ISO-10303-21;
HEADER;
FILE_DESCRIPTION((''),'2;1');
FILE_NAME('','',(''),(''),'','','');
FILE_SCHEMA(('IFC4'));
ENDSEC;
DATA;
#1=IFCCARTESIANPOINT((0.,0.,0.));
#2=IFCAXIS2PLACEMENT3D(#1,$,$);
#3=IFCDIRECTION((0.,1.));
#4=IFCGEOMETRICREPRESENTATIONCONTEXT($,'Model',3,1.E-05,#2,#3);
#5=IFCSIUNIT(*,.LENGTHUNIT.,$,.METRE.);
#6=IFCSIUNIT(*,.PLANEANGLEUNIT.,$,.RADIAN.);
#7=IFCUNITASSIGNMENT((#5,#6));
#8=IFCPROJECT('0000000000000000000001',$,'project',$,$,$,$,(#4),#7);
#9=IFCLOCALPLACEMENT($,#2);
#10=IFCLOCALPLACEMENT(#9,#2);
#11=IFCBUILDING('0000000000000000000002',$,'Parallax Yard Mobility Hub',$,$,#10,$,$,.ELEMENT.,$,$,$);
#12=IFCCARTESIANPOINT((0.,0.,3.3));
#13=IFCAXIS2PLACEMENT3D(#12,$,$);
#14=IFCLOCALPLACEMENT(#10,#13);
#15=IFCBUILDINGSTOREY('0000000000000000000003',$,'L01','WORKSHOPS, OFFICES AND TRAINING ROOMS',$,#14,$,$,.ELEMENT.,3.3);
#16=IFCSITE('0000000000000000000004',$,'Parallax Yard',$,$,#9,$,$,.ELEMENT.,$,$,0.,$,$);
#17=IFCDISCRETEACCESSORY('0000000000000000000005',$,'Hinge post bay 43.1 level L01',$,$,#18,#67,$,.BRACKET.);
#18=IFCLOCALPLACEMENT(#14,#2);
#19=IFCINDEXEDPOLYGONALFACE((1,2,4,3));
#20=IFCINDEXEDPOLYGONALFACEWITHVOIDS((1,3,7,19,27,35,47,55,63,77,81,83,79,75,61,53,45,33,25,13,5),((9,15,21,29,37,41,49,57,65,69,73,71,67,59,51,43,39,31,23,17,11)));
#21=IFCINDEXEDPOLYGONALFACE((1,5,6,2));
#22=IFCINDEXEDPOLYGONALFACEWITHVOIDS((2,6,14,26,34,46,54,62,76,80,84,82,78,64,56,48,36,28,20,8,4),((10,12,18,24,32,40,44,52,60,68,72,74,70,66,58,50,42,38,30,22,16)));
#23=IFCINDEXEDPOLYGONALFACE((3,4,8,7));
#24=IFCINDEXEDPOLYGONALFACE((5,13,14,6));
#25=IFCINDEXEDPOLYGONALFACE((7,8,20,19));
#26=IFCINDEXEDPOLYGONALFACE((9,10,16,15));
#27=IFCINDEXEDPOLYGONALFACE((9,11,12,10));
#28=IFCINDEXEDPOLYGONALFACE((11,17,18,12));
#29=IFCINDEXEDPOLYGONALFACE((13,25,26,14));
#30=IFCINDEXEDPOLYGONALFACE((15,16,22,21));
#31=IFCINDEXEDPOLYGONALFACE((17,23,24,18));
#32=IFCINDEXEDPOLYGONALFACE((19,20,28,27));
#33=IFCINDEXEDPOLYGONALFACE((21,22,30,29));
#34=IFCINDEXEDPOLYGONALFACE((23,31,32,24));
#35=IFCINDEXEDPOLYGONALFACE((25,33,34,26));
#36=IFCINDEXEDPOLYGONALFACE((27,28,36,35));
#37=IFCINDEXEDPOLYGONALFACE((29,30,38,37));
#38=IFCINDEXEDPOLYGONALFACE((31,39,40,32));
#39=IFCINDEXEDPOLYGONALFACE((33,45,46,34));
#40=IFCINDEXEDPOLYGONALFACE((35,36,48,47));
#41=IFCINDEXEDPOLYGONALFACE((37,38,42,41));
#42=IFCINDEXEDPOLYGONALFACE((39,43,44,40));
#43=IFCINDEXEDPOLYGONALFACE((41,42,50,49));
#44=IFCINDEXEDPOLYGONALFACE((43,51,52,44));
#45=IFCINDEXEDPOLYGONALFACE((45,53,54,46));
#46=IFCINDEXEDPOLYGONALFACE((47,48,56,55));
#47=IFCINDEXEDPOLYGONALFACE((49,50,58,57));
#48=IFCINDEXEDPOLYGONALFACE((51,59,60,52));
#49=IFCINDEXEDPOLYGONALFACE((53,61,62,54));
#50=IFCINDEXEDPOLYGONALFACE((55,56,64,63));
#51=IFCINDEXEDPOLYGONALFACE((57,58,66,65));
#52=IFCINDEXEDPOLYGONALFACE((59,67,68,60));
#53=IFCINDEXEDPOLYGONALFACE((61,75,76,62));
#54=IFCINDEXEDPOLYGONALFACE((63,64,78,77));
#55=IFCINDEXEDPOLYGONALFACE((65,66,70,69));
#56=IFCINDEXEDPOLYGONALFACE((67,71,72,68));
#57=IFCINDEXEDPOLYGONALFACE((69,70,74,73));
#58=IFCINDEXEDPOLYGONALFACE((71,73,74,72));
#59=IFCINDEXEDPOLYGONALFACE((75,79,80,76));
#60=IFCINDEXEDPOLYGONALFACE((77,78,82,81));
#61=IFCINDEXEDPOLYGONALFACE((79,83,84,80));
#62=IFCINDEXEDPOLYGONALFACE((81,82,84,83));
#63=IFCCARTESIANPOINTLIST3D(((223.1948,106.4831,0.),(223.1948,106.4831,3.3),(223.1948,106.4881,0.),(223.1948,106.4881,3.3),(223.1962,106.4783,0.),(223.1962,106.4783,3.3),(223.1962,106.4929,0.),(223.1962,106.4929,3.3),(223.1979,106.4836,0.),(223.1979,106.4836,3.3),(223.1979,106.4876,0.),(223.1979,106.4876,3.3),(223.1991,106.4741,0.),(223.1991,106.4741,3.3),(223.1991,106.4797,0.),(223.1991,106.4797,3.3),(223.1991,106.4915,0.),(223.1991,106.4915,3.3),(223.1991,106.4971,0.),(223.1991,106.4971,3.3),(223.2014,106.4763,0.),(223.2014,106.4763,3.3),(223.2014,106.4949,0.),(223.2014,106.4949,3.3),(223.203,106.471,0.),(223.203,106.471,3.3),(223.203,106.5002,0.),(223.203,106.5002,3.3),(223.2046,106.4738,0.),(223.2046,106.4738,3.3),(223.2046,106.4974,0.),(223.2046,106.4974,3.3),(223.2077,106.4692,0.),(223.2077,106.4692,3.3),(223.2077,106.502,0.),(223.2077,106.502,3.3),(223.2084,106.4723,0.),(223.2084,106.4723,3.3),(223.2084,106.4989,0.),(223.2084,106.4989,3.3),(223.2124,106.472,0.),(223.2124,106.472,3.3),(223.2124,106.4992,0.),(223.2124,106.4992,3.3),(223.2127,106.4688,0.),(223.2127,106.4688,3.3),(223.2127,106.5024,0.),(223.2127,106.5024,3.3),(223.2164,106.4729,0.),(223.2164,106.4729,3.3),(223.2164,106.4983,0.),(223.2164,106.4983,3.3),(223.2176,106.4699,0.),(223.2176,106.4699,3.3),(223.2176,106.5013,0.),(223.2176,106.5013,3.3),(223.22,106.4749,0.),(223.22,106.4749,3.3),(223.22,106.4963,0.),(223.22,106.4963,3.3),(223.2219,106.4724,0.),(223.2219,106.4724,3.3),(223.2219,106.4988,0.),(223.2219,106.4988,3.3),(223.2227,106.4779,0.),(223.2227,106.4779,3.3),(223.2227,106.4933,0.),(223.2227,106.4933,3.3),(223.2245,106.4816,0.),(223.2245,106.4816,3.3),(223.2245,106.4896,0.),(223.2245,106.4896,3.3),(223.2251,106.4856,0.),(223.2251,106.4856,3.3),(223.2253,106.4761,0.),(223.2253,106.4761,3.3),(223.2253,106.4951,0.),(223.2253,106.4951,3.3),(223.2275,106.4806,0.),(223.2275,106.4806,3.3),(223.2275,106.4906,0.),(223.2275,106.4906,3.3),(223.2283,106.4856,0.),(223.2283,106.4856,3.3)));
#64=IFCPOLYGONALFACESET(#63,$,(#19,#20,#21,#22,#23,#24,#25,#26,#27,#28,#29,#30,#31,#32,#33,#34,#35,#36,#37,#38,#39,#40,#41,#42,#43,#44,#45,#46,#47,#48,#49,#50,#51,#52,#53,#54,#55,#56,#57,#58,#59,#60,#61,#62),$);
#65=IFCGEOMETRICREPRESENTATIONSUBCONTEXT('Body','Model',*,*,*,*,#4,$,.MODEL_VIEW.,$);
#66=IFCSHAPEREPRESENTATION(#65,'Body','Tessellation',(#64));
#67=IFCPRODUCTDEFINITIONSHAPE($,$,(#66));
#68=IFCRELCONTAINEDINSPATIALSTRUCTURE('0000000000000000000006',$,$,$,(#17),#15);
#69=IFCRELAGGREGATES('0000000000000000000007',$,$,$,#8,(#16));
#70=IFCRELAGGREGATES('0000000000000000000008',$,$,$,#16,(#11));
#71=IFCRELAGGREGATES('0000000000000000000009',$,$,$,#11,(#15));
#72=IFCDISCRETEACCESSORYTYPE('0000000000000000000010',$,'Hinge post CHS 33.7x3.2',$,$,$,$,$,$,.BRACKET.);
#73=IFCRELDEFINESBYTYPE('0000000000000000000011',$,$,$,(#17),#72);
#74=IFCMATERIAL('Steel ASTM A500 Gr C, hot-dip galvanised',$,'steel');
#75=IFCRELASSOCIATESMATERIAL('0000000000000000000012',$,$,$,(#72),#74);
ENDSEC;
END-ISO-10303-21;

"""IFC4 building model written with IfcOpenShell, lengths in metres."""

from ifc_helpers import new_model, si_unit, direction, frame, origin, origin_2d, place, context, subcontext, project, spatial, hollow_circle, extrude, material, material_profile, profile_set, type_object, element, save


model = new_model("IFC4")

# Units and contexts
model_context = context("Model", 3, precision=1e-05, world=origin(), true_north=direction((0.0, 1.0)))
body_context = subcontext(model_context, "Body", "Model", "MODEL_VIEW")
ifc_project = project(units=[si_unit("LENGTHUNIT", "METRE"), si_unit("PLANEANGLEUNIT", "RADIAN")], contexts=[model_context])

# Site, building, storey
site_placement = place(None, origin())
site = spatial("IfcSite", under=ifc_project, at=site_placement, Name="Parallax Yard", CompositionType="ELEMENT", RefElevation=0.0)
building_placement = place(site_placement, origin())
building = spatial("IfcBuilding", under=site, at=building_placement, Name="Parallax Yard Mobility Hub", CompositionType="ELEMENT")
storey_placement = place(building_placement, frame((0.0, 0.0, 3.3)))
storey = spatial("IfcBuildingStorey", under=building, at=storey_placement, Name="L01", Description="WORKSHOPS, OFFICES AND TRAINING ROOMS", CompositionType="ELEMENT", Elevation=3.3)

# Discrete accessory
ifc_material_1 = material(Name="Steel ASTM A500 Gr C, hot-dip galvanised", Category="steel")
ifc_material_profile_1 = material_profile(ifc_material_1, hollow_circle(Radius=0.0168, WallThickness=0.0032, at=origin_2d()), Name="CHS 33.7x3.2")
ifc_profile_set_1 = profile_set([ifc_material_profile_1], Name="Steel ASTM A500 Gr C, hot-dip galvanised")
discrete_accessory_type_1 = type_object("IfcDiscreteAccessoryType", Name="Hinge post CHS 33.7x3.2", PredefinedType="BRACKET", material=ifc_profile_set_1)
for number, where, z_axis, x_axis, name in (
    (1, (223.2114, 106.4856, 0.0), (0.0, 0.0, 1.0), (1.0, 0.0, 0.0), "Hinge post bay 43.1 level L01"),
):
    element("IfcDiscreteAccessory", number, at=place(storey_placement, frame(where, z_axis=z_axis, x_axis=x_axis)), inside=storey, type_object=discrete_accessory_type_1, Name=name, PredefinedType="BRACKET", context=body_context, shape_type="SweptSolid", body=[
        extrude(hollow_circle(Radius=0.0168, WallThickness=0.0032, at=origin_2d()), origin(), (0.0, 0.0, 1.0), 3.3),
    ])

save(model, "model.ifc")
